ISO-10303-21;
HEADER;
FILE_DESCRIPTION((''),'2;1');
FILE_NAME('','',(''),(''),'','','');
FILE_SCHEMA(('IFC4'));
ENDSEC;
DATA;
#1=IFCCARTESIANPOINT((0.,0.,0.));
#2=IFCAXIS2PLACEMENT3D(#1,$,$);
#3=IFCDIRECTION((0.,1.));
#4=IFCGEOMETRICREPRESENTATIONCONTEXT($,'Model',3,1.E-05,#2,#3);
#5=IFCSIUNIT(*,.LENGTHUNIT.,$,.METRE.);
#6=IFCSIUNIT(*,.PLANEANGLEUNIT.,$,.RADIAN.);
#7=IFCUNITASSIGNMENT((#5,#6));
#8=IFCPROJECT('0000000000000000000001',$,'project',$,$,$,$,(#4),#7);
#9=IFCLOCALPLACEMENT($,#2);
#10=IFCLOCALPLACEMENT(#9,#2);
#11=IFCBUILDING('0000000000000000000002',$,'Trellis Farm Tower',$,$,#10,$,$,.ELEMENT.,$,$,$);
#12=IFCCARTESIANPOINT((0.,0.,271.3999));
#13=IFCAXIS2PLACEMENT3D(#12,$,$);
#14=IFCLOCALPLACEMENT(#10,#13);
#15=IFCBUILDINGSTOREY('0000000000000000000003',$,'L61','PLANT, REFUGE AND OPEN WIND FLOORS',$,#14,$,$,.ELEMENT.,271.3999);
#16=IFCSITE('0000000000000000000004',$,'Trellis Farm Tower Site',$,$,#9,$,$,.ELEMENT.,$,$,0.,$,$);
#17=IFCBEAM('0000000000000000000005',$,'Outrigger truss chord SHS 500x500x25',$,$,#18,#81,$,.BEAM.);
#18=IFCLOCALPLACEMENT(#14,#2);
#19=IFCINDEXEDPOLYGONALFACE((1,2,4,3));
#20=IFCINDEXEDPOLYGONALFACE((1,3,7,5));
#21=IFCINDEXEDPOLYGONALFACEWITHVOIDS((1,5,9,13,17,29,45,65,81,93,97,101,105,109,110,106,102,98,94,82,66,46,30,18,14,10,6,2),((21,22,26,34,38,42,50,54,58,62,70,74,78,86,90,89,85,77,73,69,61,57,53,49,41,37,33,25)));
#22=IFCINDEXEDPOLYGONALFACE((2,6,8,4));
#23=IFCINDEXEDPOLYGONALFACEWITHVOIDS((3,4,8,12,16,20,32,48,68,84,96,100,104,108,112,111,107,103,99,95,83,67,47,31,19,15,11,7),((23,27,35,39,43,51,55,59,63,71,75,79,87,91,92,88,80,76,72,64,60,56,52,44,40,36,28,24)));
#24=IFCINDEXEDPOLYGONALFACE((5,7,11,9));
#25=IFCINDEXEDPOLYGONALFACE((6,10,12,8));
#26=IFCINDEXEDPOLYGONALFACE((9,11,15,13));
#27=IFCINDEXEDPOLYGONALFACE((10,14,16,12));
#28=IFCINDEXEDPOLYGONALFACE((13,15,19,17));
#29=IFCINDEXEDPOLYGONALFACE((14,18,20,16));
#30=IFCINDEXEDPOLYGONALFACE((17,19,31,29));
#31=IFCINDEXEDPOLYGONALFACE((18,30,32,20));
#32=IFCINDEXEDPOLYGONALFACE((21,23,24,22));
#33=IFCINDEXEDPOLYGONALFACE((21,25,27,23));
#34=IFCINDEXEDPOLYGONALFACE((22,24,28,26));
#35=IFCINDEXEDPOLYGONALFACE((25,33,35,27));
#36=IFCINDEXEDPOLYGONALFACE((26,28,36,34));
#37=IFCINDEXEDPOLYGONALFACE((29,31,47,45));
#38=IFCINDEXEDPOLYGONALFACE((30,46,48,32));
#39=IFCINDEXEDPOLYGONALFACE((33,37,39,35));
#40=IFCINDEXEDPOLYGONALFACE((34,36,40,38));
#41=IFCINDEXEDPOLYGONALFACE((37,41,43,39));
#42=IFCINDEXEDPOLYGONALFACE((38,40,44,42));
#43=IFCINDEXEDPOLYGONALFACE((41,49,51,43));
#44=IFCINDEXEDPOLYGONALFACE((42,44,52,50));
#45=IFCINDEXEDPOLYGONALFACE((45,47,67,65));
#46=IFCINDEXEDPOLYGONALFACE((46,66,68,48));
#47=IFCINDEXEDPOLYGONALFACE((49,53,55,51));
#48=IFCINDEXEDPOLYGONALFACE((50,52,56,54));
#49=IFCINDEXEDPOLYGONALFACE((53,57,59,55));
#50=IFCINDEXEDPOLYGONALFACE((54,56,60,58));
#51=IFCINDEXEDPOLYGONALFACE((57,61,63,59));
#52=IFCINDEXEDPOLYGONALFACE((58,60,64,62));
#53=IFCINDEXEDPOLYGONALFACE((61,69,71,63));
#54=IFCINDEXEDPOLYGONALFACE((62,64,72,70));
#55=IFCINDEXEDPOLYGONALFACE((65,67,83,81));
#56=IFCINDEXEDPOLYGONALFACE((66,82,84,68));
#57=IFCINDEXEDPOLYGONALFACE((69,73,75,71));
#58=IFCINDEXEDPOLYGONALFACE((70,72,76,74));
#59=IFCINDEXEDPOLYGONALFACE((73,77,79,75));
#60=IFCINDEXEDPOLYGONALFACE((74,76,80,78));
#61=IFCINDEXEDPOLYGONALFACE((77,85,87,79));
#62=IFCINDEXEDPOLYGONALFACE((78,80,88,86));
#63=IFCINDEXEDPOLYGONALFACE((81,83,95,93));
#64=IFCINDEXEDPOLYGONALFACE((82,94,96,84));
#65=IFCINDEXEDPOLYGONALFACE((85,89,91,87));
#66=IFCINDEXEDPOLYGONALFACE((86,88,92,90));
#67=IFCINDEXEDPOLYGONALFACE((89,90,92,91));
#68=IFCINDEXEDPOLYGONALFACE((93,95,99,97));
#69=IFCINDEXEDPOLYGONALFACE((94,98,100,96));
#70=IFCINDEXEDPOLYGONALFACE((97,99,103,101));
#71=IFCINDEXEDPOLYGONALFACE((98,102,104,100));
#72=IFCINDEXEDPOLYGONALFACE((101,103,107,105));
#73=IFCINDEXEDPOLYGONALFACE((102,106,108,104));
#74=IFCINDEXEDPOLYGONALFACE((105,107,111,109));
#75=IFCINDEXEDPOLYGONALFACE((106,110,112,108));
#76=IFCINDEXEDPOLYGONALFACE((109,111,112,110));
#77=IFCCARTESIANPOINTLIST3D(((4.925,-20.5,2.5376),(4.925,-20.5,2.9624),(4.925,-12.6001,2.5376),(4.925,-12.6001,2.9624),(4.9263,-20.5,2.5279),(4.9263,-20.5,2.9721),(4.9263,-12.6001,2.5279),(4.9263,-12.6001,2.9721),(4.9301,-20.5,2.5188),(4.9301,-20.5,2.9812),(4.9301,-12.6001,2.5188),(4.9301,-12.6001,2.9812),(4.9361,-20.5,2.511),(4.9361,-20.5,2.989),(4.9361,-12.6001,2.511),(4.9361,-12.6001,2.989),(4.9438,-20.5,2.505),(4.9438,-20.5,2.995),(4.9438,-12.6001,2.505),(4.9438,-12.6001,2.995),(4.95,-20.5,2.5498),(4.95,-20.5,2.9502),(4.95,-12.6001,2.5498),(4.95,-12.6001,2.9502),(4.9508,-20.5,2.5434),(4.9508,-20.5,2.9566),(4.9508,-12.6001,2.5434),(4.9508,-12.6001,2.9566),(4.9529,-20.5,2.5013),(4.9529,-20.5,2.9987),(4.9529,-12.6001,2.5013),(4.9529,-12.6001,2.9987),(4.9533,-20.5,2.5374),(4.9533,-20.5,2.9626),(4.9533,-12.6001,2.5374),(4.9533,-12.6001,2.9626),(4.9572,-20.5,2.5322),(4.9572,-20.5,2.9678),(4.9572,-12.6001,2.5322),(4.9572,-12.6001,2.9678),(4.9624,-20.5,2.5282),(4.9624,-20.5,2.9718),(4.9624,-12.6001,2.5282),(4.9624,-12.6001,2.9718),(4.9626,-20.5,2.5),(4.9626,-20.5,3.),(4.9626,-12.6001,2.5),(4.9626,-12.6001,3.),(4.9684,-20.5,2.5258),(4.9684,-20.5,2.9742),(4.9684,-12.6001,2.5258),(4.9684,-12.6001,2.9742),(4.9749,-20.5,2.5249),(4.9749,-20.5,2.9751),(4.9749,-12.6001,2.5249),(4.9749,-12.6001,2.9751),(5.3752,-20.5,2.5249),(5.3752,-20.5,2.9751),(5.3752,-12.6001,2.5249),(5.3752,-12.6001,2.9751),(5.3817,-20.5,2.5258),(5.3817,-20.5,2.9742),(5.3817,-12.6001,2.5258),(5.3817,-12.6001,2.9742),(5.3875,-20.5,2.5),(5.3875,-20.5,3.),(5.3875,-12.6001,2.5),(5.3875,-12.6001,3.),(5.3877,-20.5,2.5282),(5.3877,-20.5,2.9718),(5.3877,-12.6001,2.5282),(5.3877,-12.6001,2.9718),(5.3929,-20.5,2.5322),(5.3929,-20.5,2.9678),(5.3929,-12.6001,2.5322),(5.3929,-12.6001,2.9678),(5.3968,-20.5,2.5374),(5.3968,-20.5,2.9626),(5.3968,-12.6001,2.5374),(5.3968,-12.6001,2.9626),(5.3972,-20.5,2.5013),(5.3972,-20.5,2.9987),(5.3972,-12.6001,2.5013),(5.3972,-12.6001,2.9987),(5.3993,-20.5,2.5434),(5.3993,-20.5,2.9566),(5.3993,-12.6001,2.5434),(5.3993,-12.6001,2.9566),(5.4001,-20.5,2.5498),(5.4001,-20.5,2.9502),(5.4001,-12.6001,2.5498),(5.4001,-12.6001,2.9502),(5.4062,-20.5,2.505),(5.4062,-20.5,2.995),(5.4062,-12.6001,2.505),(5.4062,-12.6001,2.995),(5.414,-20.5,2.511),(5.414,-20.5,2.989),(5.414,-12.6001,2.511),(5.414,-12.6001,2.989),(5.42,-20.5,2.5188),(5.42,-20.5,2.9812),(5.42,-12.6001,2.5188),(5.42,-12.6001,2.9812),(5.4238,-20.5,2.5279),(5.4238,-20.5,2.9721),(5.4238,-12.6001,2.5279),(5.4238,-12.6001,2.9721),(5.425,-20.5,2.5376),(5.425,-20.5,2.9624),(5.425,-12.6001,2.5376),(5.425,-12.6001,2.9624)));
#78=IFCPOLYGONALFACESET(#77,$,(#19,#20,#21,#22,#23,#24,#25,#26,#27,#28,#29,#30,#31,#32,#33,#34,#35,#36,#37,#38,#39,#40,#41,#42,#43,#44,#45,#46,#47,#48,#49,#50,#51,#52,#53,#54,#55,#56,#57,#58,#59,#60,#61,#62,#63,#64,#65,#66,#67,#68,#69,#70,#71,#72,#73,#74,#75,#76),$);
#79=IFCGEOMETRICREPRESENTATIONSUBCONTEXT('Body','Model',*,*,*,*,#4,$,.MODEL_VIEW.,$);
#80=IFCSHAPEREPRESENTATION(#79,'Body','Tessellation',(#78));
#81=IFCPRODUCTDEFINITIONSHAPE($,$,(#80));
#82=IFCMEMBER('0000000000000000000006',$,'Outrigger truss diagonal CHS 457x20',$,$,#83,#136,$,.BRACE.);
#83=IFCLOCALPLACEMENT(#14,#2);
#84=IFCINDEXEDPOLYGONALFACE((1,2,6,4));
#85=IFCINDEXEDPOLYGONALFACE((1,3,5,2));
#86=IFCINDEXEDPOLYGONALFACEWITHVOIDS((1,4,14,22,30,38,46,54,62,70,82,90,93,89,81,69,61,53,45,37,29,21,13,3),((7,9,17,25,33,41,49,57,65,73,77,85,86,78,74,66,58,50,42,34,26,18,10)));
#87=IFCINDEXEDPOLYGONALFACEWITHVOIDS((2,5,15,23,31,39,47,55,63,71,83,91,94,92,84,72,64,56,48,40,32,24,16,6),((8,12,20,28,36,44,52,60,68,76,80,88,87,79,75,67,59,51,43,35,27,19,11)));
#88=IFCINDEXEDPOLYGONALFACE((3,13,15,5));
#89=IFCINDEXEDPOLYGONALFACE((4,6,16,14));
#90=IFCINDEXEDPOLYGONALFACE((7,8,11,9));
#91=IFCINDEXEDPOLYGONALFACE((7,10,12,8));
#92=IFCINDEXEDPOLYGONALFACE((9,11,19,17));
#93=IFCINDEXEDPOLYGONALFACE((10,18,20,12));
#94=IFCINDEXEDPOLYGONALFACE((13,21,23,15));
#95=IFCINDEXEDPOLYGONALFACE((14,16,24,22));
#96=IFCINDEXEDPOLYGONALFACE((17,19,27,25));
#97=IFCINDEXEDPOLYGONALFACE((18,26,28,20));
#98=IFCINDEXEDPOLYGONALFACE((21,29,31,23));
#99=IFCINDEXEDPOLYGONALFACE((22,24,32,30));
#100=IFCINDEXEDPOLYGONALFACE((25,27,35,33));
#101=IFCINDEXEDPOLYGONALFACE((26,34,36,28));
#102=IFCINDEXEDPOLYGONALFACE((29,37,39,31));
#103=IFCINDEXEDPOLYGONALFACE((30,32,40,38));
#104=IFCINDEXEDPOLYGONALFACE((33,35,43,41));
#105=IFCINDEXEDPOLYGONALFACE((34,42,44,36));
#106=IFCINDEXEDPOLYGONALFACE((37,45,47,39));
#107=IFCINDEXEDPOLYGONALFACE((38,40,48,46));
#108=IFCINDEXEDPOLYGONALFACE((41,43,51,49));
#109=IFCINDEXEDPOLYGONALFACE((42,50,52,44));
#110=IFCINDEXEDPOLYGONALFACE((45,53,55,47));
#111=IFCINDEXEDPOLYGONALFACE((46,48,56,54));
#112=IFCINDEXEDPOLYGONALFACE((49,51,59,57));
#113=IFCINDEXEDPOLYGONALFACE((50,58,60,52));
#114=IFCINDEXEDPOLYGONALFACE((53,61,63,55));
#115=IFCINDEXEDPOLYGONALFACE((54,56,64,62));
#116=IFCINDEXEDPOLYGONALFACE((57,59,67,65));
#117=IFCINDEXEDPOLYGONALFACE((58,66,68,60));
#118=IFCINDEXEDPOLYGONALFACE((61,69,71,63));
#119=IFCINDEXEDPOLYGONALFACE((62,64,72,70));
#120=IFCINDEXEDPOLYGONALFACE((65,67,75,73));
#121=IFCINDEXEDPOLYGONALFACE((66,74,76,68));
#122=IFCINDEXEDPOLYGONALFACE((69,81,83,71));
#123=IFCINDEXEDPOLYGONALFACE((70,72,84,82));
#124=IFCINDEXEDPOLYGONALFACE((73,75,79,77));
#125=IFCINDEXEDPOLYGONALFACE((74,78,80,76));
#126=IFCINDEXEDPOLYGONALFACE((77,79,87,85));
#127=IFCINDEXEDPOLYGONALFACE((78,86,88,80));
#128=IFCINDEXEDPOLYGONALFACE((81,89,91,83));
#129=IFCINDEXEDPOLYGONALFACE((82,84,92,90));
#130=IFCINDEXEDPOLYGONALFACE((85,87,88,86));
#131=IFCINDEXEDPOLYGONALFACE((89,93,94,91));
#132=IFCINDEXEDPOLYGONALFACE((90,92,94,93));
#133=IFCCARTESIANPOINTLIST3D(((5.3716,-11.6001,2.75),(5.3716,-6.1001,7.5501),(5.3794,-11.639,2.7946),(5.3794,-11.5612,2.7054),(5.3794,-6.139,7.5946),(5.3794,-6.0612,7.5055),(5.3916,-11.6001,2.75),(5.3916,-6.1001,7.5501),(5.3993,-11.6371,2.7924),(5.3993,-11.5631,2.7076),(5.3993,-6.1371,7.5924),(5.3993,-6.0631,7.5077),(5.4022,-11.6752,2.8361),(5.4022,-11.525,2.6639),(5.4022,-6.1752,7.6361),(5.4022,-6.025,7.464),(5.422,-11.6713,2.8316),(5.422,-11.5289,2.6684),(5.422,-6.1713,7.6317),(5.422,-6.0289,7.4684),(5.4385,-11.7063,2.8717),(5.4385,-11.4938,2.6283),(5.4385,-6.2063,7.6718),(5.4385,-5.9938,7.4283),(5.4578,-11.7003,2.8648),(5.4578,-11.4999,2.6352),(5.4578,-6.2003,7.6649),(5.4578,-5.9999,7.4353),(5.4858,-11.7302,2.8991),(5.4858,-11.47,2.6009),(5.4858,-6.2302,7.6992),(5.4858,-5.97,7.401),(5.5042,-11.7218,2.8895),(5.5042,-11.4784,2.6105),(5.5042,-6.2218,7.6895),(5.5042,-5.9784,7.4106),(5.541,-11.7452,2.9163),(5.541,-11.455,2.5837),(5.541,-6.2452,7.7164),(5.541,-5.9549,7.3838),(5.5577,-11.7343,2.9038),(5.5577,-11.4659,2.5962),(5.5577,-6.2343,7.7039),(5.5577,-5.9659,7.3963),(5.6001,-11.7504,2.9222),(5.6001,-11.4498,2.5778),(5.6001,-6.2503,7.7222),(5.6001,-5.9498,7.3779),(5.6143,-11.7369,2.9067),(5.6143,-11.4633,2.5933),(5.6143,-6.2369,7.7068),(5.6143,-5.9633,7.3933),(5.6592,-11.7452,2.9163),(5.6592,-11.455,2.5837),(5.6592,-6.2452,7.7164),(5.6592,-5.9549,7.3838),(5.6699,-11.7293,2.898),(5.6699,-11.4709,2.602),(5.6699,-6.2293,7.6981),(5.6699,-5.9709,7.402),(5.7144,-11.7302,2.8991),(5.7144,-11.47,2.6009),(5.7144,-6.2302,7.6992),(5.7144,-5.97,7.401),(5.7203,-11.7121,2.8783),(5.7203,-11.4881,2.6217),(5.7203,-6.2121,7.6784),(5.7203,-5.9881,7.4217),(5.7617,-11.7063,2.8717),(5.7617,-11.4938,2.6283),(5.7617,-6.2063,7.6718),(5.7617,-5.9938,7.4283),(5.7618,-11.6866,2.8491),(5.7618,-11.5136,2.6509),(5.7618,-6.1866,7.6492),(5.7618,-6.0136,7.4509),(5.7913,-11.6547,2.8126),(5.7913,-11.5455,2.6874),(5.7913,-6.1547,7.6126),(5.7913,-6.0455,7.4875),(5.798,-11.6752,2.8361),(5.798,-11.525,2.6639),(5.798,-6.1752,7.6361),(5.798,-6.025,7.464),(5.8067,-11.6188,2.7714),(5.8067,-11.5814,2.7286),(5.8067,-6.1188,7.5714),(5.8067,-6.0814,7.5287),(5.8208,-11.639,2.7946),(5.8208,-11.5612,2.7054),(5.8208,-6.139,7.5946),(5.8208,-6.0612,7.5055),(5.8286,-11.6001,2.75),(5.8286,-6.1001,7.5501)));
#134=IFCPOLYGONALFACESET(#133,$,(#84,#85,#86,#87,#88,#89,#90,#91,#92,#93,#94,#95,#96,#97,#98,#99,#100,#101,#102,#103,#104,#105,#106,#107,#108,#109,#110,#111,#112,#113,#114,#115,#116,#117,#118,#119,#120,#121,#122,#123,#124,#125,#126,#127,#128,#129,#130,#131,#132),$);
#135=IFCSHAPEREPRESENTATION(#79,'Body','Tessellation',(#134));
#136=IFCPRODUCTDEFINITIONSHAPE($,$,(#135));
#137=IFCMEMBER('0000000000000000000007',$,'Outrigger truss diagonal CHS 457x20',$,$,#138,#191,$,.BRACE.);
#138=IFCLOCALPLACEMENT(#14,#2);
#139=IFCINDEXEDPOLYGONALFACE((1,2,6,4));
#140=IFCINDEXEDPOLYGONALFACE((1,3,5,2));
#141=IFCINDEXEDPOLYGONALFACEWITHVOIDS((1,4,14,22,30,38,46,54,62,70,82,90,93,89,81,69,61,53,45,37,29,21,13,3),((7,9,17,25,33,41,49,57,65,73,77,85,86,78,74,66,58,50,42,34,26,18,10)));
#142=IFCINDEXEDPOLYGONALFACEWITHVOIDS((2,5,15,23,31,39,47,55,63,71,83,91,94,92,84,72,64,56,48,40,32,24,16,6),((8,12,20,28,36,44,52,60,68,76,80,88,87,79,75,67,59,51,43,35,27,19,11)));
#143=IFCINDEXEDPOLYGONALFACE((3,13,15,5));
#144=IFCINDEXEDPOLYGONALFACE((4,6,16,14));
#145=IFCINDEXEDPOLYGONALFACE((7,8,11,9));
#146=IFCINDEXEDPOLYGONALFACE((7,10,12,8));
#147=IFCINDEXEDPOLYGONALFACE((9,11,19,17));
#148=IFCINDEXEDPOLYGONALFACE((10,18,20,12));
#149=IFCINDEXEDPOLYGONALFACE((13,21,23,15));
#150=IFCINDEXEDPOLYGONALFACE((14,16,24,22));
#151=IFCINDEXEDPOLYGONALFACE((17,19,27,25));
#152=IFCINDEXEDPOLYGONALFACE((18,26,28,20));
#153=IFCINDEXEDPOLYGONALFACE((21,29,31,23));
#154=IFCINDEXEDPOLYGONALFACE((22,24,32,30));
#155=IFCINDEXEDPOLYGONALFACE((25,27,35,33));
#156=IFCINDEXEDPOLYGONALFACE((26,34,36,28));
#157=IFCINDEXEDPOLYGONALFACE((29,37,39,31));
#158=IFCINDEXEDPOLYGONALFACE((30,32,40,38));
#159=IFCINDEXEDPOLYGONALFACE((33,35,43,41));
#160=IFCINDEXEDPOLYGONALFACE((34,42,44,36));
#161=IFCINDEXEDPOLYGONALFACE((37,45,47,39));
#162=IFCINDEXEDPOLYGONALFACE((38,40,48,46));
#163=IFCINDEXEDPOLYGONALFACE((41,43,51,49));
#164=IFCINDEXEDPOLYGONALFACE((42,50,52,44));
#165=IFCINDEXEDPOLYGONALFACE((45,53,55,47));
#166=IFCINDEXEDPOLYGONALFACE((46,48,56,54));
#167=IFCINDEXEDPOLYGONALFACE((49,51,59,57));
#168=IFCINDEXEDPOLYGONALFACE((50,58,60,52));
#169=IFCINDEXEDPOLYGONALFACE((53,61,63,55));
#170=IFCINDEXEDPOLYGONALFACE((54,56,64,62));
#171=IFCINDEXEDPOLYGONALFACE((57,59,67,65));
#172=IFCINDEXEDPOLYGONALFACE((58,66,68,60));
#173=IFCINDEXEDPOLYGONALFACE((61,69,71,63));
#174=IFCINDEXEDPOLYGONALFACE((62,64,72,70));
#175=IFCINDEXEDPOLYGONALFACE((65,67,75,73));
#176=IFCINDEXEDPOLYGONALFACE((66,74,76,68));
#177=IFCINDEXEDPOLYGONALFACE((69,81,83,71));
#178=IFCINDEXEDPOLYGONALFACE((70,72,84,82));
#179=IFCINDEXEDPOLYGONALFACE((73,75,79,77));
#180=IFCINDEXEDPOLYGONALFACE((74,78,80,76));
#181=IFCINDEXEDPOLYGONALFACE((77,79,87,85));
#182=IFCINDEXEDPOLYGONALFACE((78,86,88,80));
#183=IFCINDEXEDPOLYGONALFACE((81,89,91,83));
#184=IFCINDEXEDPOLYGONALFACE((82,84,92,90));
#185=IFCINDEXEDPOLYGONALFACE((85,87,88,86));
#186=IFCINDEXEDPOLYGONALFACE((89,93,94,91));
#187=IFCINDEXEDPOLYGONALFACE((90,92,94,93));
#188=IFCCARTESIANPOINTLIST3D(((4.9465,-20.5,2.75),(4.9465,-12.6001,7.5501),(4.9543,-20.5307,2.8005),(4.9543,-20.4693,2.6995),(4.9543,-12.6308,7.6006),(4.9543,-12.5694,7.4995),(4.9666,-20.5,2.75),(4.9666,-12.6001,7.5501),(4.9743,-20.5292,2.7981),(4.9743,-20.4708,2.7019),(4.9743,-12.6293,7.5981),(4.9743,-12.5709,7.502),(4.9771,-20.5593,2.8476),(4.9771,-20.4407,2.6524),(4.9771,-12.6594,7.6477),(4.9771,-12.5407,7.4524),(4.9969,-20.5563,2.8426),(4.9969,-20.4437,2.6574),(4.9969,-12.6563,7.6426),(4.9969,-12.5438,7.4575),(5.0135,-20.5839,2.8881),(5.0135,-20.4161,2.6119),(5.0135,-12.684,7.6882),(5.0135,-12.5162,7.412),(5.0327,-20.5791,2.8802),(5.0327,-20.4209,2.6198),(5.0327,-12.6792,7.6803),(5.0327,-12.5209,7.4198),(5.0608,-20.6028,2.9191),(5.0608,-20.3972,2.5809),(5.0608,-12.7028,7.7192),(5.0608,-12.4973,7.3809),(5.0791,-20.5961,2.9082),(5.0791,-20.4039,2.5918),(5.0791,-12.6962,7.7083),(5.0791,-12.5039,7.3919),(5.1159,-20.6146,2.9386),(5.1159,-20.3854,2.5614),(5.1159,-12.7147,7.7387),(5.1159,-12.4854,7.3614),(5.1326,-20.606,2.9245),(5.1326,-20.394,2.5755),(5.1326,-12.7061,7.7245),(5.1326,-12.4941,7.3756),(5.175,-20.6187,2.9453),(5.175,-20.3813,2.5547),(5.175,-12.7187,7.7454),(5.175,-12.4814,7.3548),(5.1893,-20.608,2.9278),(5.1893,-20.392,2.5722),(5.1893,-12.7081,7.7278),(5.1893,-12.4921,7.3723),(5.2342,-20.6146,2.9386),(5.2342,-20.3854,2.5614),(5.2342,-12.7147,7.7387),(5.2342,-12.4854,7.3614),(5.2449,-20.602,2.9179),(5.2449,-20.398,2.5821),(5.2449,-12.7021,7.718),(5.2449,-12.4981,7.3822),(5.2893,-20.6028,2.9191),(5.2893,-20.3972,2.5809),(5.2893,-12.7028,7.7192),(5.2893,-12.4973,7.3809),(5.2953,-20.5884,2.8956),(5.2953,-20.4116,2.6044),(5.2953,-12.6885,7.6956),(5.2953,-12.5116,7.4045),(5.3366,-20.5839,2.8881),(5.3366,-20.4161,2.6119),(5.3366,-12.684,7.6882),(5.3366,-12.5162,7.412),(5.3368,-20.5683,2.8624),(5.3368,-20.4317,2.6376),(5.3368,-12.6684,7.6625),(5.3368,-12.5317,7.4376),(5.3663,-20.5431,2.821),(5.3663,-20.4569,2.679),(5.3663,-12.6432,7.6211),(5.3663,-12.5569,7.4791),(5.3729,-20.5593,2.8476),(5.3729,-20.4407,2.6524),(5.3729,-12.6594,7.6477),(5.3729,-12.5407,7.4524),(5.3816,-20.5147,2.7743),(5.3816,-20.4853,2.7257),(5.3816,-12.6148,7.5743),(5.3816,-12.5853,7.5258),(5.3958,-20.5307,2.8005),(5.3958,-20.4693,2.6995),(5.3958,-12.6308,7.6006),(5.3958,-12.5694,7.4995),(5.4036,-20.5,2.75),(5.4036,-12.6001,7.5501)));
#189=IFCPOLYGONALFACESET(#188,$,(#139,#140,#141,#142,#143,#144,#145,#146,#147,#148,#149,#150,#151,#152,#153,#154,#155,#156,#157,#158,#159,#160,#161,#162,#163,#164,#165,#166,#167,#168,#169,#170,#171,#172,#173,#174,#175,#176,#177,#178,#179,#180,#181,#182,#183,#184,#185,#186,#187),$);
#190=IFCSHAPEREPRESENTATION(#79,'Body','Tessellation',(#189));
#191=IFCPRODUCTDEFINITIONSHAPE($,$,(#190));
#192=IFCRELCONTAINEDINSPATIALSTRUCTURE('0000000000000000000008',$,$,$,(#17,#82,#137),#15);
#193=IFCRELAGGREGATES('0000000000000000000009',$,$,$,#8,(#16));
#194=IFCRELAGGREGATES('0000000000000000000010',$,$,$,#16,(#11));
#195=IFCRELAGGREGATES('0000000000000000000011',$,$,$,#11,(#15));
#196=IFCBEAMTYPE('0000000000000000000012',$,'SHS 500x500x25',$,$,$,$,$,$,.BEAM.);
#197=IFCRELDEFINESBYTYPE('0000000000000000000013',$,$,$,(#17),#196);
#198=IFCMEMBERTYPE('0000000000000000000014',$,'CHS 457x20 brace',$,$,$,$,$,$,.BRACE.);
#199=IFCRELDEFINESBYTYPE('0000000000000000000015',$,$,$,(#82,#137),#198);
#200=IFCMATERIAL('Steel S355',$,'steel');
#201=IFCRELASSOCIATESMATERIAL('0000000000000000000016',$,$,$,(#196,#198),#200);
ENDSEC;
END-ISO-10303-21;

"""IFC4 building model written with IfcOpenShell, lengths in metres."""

from ifc_helpers import new_model, si_unit, direction, frame, origin, origin_2d, place, context, subcontext, project, spatial, hollow_rectangle, hollow_circle, extrude, source, transform, mapped, material, material_profile, profile_set, type_object, element, save


model = new_model("IFC4")

# Units and contexts
model_context = context("Model", 3, precision=1e-05, world=origin(), true_north=direction((0.0, 1.0)))
body_context = subcontext(model_context, "Body", "Model", "MODEL_VIEW")
ifc_project = project(units=[si_unit("LENGTHUNIT", "METRE"), si_unit("PLANEANGLEUNIT", "RADIAN")], contexts=[model_context])

# Site, building, storey
site_placement = place(None, origin())
site = spatial("IfcSite", under=ifc_project, at=site_placement, Name="Trellis Farm Tower Site", CompositionType="ELEMENT", RefElevation=0.0)
building_placement = place(site_placement, origin())
building = spatial("IfcBuilding", under=site, at=building_placement, Name="Trellis Farm Tower", CompositionType="ELEMENT")
storey_placement = place(building_placement, frame((0.0, 0.0, 271.3999)))
storey = spatial("IfcBuildingStorey", under=building, at=storey_placement, Name="L61", Description="PLANT, REFUGE AND OPEN WIND FLOORS", CompositionType="ELEMENT", Elevation=271.3999)

# Beam
ifc_material_1 = material(Name="Steel S355", Category="steel")
ifc_material_profile_1 = material_profile(ifc_material_1, hollow_rectangle(XDim=0.5, YDim=0.5, WallThickness=0.0249, InnerFilletRadius=0.0249, OuterFilletRadius=0.0376, at=origin_2d()), Name="SHS 500x500x25")
ifc_profile_set_1 = profile_set([ifc_material_profile_1], Name="Steel S355")
beam_type_1 = type_object("IfcBeamType", Name="SHS 500x500x25", PredefinedType="BEAM", material=ifc_profile_set_1)
shared_shape_1 = source(origin(), body_context, "Body", "SweptSolid", [
    extrude(hollow_rectangle(XDim=0.5, YDim=0.5, WallThickness=0.0249, InnerFilletRadius=0.0249, OuterFilletRadius=0.0376, at=origin_2d()), origin(), (0.0, 0.0, 1.0), 7.8999),
])
beam_1_placement = place(storey_placement, frame((5.175, -20.5, 2.75), z_axis=(0.0, 1.0, 0.0), x_axis=(-1.0, 0.0, 0.0)))
element("IfcBeam", 1, at=beam_1_placement, inside=storey, type_object=beam_type_1, Name="Outrigger truss chord SHS 500x500x25", PredefinedType="BEAM", context=body_context, shape_type="MappedRepresentation", body=[
    mapped(shared_shape_1, transform((0.0, 0.0, 0.0))),
])

# Members
ifc_material_profile_2 = material_profile(ifc_material_1, hollow_circle(Radius=0.2285, WallThickness=0.02, at=origin_2d()), Name="CHS 457x20")
ifc_profile_set_2 = profile_set([ifc_material_profile_2], Name="Steel S355")
member_type = type_object("IfcMemberType", Name="CHS 457x20 brace", PredefinedType="BRACE", material=ifc_profile_set_2)
shared_shape_2 = source(origin(), body_context, "Body", "SweptSolid", [
    extrude(hollow_circle(Radius=0.2285, WallThickness=0.02, at=origin_2d()), origin(), (0.0, 0.0, 1.0), 7.3),
])
member_1_placement = place(storey_placement, frame((5.6001, -11.6001, 2.75), z_axis=(0.0, 0.753421, 0.657538), x_axis=(-1.0, 0.0, 0.0)))
element("IfcMember", 2, at=member_1_placement, inside=storey, type_object=member_type, Name="Outrigger truss diagonal CHS 457x20", PredefinedType="BRACE", context=body_context, shape_type="MappedRepresentation", body=[
    mapped(shared_shape_2, transform((0.0, 0.0, 0.0))),
])
shared_shape_3 = source(origin(), body_context, "Body", "SweptSolid", [
    extrude(hollow_circle(Radius=0.2285, WallThickness=0.02, at=origin_2d()), origin(), (0.0, 0.0, 1.0), 9.2439),
])
member_2_placement = place(storey_placement, frame((5.175, -20.5, 2.75), z_axis=(0.0, 0.854611, 0.519269), x_axis=(-1.0, 0.0, 0.0)))
element("IfcMember", 3, at=member_2_placement, inside=storey, type_object=member_type, Name="Outrigger truss diagonal CHS 457x20", PredefinedType="BRACE", context=body_context, shape_type="MappedRepresentation", body=[
    mapped(shared_shape_3, transform((0.0, 0.0, 0.0))),
])

save(model, "model.ifc")
